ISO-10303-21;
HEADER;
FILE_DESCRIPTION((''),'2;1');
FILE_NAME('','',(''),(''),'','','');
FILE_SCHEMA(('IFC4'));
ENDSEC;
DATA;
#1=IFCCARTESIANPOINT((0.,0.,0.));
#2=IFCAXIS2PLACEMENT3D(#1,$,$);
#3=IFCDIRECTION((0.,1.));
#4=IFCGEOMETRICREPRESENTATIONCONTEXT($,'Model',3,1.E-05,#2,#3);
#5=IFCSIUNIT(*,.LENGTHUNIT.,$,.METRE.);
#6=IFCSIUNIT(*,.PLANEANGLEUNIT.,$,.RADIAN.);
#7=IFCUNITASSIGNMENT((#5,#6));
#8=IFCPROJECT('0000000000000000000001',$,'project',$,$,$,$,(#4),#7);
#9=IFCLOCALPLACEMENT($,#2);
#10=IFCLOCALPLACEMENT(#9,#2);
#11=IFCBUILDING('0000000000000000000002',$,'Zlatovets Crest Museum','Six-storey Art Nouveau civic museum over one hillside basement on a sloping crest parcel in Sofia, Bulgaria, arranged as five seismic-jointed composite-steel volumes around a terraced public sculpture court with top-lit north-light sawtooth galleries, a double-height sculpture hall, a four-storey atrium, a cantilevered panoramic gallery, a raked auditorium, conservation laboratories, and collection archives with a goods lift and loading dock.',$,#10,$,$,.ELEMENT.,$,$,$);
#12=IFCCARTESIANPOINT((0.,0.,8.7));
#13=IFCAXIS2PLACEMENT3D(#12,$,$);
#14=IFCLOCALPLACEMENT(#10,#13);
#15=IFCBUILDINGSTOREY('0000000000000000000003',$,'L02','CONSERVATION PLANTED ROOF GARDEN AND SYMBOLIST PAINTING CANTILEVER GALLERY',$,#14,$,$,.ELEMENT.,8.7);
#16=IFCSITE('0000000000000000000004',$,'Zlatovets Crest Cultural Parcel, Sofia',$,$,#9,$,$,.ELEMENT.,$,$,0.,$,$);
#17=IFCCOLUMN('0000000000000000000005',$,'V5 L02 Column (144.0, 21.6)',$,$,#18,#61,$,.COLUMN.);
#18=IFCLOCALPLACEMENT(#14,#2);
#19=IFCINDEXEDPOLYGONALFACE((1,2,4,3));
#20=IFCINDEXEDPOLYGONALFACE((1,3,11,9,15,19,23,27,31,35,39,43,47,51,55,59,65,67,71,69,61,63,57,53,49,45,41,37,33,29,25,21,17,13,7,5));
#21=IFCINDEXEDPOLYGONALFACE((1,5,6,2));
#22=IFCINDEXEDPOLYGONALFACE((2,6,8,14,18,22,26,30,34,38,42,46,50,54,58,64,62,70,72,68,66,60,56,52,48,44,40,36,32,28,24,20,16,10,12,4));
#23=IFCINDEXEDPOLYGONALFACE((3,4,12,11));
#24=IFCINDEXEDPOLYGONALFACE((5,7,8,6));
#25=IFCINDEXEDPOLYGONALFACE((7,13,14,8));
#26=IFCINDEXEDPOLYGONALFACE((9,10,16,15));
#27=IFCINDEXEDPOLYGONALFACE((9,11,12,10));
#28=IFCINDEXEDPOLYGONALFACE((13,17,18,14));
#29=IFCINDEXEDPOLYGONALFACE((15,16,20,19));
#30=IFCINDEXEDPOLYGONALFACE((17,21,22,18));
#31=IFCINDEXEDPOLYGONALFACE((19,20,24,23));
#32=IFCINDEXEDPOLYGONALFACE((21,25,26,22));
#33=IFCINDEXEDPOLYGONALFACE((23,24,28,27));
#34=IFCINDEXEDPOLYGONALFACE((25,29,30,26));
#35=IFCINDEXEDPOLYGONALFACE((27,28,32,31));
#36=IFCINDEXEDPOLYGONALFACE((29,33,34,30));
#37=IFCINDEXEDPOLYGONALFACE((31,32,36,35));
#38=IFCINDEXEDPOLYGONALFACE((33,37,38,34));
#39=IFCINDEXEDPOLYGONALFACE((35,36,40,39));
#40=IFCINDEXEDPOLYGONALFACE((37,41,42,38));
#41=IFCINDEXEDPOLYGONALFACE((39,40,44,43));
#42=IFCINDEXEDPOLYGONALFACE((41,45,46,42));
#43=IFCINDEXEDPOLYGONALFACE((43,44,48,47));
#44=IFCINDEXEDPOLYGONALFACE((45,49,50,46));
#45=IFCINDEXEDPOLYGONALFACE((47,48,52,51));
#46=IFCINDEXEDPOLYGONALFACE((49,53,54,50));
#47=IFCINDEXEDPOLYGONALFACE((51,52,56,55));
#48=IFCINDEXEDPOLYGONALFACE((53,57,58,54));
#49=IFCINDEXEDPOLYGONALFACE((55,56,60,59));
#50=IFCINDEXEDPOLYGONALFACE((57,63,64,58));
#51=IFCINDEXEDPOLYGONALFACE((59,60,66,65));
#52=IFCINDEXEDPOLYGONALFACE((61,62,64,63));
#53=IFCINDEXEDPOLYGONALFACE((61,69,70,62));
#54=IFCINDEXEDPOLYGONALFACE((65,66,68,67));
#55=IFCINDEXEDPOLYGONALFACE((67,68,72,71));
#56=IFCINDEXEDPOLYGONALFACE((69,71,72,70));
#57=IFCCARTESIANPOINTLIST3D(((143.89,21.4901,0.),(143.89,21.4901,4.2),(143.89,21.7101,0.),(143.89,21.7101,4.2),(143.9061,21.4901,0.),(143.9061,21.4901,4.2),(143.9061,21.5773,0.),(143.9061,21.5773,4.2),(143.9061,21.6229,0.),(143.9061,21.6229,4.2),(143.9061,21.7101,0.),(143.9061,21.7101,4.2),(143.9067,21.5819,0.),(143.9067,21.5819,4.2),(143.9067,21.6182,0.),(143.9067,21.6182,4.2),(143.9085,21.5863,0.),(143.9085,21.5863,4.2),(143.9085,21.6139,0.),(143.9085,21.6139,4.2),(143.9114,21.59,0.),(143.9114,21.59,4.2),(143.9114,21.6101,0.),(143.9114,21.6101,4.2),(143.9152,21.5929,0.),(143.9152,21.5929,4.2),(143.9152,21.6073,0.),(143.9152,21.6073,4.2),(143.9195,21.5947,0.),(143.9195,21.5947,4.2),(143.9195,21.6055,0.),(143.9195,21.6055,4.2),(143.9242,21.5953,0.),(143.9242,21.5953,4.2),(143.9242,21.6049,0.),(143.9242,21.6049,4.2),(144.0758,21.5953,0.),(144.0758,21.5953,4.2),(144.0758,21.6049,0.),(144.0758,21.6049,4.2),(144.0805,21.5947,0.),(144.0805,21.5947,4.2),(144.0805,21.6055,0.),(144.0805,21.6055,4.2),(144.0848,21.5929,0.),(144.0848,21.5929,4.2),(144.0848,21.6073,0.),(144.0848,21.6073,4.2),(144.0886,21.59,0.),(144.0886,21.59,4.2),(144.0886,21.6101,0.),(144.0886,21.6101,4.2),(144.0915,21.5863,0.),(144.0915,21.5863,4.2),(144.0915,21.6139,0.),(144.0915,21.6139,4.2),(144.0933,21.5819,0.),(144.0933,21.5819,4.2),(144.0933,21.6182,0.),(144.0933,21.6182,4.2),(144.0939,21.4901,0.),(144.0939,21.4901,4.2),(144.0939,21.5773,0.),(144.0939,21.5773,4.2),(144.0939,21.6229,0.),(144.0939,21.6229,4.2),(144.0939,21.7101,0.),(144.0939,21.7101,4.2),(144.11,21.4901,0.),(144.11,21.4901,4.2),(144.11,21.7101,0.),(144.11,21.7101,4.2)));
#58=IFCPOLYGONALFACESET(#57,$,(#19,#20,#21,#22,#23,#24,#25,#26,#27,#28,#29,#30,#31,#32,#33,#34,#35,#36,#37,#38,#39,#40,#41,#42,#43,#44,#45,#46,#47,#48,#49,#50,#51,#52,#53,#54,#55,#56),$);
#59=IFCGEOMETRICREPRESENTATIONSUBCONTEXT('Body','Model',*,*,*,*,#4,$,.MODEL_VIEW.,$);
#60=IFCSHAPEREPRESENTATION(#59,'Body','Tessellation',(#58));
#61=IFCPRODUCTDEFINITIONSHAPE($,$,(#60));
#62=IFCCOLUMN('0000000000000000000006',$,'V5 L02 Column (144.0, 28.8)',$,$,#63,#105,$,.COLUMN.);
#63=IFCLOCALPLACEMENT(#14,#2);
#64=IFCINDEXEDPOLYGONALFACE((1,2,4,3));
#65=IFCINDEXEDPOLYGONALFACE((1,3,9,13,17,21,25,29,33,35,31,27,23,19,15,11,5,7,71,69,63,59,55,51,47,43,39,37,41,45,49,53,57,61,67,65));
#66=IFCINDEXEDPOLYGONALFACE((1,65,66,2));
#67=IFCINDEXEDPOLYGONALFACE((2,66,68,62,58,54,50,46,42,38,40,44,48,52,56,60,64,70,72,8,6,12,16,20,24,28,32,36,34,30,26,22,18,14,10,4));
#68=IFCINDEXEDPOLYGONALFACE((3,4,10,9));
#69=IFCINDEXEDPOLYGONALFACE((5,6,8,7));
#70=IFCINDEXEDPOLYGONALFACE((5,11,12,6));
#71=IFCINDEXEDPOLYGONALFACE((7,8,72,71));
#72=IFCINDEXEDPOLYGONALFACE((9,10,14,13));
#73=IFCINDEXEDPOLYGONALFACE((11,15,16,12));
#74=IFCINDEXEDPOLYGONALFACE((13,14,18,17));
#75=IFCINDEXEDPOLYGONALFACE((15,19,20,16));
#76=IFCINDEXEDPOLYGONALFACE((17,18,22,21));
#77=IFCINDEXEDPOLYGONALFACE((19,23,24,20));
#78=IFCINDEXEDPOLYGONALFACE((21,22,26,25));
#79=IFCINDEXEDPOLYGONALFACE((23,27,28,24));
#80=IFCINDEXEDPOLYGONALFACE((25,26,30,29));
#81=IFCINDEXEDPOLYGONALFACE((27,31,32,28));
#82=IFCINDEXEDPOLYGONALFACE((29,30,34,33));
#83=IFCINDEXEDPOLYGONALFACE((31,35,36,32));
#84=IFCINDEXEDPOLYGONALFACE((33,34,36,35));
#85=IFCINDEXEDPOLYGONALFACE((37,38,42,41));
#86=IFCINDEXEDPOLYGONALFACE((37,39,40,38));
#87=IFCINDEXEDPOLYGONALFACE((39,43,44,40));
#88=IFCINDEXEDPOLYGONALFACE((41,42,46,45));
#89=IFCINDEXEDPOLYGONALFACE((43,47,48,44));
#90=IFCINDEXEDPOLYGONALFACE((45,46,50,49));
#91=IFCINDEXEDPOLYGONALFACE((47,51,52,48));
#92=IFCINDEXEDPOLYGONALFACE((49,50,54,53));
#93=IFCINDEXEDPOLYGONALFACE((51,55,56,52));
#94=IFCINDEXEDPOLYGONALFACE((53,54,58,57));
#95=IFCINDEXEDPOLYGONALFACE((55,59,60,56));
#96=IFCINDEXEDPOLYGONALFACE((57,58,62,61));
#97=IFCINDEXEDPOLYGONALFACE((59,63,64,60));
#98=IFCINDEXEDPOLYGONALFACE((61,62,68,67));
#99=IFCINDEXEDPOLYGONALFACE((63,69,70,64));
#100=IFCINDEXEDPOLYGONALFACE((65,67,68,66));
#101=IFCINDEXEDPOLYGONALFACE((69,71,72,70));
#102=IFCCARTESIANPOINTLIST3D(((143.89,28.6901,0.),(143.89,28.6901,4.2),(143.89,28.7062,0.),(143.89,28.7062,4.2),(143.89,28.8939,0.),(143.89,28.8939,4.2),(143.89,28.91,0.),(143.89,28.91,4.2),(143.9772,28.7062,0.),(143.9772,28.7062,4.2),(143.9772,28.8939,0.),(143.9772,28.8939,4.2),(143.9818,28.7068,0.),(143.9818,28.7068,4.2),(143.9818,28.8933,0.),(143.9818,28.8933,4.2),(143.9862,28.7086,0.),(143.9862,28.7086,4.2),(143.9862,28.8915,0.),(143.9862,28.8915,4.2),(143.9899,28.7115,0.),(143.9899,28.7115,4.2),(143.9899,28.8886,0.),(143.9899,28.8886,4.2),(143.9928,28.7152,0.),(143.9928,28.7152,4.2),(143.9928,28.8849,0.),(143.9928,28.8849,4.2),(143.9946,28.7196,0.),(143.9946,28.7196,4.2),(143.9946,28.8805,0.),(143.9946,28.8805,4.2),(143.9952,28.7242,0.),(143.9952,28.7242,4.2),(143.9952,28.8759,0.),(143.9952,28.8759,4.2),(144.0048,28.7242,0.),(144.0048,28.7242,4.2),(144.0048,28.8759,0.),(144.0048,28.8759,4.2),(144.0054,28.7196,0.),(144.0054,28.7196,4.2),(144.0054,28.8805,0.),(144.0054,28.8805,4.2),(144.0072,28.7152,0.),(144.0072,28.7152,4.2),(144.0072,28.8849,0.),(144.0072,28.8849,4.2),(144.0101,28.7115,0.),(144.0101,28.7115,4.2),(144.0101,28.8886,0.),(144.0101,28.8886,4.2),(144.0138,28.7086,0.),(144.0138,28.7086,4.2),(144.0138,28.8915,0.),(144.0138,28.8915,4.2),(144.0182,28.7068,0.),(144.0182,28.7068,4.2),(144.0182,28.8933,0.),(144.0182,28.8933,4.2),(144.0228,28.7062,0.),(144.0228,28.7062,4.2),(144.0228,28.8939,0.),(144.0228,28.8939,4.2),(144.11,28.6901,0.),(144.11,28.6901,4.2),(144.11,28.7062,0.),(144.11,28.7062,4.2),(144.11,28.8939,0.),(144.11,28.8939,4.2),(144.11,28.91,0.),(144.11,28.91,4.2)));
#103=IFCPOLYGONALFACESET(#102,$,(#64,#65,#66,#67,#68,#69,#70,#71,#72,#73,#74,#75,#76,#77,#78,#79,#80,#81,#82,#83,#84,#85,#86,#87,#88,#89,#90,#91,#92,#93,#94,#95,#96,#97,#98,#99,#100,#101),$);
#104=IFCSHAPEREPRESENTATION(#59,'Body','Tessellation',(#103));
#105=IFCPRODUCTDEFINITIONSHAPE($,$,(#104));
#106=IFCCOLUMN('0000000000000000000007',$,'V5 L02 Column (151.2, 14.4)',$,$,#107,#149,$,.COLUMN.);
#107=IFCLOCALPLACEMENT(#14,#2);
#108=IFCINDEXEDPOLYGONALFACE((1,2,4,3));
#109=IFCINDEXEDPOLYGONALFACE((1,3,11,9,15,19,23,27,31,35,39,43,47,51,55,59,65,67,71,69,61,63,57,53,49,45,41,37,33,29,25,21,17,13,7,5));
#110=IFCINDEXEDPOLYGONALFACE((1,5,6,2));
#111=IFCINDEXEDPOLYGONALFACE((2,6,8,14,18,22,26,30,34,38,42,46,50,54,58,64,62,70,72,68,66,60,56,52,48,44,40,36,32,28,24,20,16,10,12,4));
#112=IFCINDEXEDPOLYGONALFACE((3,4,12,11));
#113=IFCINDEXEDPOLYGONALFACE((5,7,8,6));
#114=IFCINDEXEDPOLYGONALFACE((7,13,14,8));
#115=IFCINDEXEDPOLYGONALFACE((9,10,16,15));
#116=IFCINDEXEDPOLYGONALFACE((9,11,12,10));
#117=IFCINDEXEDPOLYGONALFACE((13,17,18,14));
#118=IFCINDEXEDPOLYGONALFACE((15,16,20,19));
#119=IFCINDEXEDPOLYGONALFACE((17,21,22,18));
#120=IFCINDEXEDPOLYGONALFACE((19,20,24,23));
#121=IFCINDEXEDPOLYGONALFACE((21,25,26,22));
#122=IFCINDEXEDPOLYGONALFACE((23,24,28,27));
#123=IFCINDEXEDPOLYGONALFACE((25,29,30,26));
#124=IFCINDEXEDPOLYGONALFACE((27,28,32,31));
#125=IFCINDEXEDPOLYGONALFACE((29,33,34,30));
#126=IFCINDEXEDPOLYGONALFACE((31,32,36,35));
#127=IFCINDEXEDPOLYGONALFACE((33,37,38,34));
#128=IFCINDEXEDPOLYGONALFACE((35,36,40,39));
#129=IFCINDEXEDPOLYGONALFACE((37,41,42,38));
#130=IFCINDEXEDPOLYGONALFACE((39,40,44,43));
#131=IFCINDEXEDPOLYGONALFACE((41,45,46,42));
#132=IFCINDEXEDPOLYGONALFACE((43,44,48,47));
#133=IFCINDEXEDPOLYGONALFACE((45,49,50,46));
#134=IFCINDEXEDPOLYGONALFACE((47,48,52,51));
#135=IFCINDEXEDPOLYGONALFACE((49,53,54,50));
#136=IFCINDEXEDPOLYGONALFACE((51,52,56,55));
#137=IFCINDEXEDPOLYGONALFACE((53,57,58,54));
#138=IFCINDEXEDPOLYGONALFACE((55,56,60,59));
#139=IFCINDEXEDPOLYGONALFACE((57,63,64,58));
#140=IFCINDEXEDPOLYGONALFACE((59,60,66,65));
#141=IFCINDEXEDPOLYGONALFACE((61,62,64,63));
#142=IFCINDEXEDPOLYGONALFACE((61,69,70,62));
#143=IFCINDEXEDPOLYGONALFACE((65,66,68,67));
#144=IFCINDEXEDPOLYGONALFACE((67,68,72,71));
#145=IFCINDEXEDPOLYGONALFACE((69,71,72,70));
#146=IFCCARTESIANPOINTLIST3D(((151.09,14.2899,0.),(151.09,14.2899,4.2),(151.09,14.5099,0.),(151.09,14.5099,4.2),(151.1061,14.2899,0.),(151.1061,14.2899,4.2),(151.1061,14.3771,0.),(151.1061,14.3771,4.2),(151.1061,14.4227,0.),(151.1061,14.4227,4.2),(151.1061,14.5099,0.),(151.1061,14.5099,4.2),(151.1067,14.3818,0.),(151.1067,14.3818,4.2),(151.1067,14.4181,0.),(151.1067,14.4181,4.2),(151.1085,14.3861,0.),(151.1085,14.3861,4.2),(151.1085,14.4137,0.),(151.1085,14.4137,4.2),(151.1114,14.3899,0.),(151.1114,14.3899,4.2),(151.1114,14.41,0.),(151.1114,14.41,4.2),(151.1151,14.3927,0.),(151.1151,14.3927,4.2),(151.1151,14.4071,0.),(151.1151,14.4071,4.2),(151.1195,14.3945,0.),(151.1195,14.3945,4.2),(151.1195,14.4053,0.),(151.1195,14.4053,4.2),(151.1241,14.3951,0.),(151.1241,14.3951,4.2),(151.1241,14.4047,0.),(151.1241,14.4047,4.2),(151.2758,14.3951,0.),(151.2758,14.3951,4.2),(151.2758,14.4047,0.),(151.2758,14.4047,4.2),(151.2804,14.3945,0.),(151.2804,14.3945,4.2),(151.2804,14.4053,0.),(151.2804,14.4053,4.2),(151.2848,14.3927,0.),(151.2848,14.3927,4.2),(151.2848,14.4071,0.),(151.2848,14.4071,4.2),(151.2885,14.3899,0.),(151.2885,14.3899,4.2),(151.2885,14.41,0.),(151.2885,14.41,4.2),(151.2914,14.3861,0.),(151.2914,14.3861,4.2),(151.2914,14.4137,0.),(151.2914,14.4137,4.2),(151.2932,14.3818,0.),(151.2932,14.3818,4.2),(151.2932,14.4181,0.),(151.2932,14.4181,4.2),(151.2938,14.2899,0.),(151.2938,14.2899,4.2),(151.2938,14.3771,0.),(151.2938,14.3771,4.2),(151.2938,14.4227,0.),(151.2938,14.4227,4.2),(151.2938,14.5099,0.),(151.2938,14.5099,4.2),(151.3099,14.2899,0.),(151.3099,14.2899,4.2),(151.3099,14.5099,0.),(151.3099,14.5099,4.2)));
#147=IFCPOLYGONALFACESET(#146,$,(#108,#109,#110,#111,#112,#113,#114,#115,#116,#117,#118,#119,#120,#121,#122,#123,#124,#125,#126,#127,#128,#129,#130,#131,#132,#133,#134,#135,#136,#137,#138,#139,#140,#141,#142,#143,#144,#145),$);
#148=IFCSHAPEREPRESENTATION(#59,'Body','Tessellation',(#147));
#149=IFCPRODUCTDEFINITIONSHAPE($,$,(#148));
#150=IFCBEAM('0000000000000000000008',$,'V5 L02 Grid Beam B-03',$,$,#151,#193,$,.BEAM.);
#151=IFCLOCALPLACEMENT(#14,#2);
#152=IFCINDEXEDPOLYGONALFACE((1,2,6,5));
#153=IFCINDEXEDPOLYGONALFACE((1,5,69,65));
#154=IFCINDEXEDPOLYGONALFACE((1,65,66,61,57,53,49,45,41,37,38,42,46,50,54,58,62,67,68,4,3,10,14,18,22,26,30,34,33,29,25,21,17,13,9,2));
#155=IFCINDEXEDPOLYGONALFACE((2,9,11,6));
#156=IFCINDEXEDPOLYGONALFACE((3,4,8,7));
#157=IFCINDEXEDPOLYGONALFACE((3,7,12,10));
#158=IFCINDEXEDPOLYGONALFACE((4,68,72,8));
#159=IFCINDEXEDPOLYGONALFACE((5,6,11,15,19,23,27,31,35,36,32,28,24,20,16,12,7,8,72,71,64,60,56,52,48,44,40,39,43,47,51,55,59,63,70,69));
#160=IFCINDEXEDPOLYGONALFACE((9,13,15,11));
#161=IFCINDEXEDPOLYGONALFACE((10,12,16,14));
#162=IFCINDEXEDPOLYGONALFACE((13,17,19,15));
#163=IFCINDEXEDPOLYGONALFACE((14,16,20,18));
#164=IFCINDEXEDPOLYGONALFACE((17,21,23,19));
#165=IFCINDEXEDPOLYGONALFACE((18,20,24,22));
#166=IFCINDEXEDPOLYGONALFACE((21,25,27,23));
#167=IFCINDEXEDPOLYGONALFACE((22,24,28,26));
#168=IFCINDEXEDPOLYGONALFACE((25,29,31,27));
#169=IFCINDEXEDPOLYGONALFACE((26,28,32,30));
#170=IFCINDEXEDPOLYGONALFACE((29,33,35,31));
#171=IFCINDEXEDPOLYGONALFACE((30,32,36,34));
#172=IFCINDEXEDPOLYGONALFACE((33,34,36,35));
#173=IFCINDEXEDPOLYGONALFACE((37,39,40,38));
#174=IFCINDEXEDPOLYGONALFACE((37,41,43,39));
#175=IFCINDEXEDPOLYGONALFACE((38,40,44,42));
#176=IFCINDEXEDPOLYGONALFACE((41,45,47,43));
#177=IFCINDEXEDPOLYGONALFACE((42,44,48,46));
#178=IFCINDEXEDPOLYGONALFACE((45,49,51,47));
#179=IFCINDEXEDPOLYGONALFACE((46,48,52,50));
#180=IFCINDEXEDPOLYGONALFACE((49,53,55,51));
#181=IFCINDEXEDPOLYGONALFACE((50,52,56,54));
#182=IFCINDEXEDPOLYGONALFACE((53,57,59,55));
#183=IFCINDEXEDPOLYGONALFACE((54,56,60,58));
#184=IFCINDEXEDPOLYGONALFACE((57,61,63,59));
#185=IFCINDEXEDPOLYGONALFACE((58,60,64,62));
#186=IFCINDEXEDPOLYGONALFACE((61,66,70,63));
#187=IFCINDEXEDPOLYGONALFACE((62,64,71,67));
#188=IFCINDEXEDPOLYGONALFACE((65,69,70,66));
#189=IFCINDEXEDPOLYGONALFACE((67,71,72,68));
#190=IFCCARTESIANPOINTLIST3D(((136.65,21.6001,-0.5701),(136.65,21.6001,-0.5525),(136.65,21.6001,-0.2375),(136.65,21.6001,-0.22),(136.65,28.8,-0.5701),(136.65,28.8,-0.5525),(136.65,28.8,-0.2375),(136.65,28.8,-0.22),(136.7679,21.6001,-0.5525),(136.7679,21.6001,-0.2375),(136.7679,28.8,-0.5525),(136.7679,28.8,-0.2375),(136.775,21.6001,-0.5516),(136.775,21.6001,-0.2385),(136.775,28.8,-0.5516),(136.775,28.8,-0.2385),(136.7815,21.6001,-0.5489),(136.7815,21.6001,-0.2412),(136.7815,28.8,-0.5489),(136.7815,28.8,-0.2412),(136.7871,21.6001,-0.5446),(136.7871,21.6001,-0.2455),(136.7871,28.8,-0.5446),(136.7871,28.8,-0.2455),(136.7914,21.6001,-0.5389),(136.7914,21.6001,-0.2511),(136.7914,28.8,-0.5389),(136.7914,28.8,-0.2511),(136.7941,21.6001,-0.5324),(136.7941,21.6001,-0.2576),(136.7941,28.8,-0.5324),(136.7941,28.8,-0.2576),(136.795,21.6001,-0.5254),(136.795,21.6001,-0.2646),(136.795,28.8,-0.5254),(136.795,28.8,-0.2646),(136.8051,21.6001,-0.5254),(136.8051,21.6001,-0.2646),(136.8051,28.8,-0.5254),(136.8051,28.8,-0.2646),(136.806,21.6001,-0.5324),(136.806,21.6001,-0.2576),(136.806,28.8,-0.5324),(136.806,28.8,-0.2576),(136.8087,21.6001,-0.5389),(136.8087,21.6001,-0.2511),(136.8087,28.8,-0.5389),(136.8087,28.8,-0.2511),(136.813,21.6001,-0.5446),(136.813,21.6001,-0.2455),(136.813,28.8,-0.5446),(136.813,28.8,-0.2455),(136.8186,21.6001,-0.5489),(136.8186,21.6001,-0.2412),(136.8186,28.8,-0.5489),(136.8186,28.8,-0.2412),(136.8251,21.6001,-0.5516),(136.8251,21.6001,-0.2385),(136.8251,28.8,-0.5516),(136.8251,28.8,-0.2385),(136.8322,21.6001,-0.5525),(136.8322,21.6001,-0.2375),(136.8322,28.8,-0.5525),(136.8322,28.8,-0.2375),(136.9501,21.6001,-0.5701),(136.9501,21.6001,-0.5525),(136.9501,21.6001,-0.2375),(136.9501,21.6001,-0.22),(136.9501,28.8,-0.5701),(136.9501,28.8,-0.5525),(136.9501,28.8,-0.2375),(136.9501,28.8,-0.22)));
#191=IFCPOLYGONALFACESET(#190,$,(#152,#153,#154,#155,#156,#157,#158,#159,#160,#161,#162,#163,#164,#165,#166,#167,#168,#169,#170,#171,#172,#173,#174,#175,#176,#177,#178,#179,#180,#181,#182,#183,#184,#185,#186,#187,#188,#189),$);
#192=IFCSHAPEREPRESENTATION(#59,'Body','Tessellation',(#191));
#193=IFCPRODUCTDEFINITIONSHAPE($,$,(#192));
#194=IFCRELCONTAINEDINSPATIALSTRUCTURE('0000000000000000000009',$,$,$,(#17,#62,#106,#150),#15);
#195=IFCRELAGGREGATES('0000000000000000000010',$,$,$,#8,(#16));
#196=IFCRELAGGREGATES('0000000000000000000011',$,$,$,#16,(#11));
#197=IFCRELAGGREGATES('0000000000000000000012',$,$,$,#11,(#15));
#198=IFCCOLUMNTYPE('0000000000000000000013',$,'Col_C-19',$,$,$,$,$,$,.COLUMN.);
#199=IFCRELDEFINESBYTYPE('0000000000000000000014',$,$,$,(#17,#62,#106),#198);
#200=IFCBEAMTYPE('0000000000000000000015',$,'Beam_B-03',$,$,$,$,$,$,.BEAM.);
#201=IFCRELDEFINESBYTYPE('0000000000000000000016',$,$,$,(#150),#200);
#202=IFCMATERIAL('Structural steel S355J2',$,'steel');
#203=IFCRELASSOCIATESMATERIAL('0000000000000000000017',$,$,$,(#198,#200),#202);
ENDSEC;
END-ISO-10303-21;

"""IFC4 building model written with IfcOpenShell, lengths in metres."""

from ifc_helpers import new_model, si_unit, direction, frame, origin, origin_2d, place, context, subcontext, project, spatial, i_section, extrude, material, material_profile, profile_set, type_object, element, save


model = new_model("IFC4")

# Units and contexts
model_context = context("Model", 3, precision=1e-05, world=origin(), true_north=direction((0.0, 1.0)))
body_context = subcontext(model_context, "Body", "Model", "MODEL_VIEW")
ifc_project = project(units=[si_unit("LENGTHUNIT", "METRE"), si_unit("PLANEANGLEUNIT", "RADIAN")], contexts=[model_context])

# Site, building, storey
site_placement = place(None, origin())
site = spatial("IfcSite", under=ifc_project, at=site_placement, Name="Zlatovets Crest Cultural Parcel, Sofia", CompositionType="ELEMENT", RefElevation=0.0)
building_placement = place(site_placement, origin())
building = spatial("IfcBuilding", under=site, at=building_placement, Name="Zlatovets Crest Museum", Description="Six-storey Art Nouveau civic museum over one hillside basement on a sloping crest parcel in Sofia, Bulgaria, arranged as five seismic-jointed composite-steel volumes around a terraced public sculpture court with top-lit north-light sawtooth galleries, a double-height sculpture hall, a four-storey atrium, a cantilevered panoramic gallery, a raked auditorium, conservation laboratories, and collection archives with a goods lift and loading dock.", CompositionType="ELEMENT")
storey_placement = place(building_placement, frame((0.0, 0.0, 8.7)))
storey = spatial("IfcBuildingStorey", under=building, at=storey_placement, Name="L02", Description="CONSERVATION PLANTED ROOF GARDEN AND SYMBOLIST PAINTING CANTILEVER GALLERY", CompositionType="ELEMENT", Elevation=8.7)

# Columns
ifc_material_1 = material(Name="Structural steel S355J2", Category="steel")
ifc_material_profile_1 = material_profile(ifc_material_1, i_section(OverallWidth=0.22, OverallDepth=0.22, WebThickness=0.0095, FlangeThickness=0.0161, FilletRadius=0.0181, at=origin_2d()), Name="HEB 220")
ifc_profile_set_1 = profile_set([ifc_material_profile_1], Name="Structural steel S355J2")
column_type = type_object("IfcColumnType", Name="Col_C-19", PredefinedType="COLUMN", material=ifc_profile_set_1)
for number, where, z_axis, x_axis, name in (
    (1, (144.0, 21.6001, 0.0), (0.0, 0.0, 1.0), (0.0, 1.0, 0.0), "V5 L02 Column (144.0, 21.6)"),
    (2, (144.0, 28.8, 0.0), (0.0, 0.0, 1.0), (1.0, 0.0, 0.0), "V5 L02 Column (144.0, 28.8)"),
    (3, (151.2, 14.3999, 0.0), (0.0, 0.0, 1.0), (0.0, 1.0, 0.0), "V5 L02 Column (151.2, 14.4)"),
):
    element("IfcColumn", number, at=place(storey_placement, frame(where, z_axis=z_axis, x_axis=x_axis)), inside=storey, type_object=column_type, Name=name, PredefinedType="COLUMN", context=body_context, shape_type="SweptSolid", body=[
        extrude(i_section(OverallWidth=0.22, OverallDepth=0.22, WebThickness=0.0095, FlangeThickness=0.0161, FilletRadius=0.0181, at=origin_2d()), origin(), (0.0, 0.0, 1.0), 4.2),
    ])

# Beam
ifc_material_profile_2 = material_profile(ifc_material_1, i_section(OverallWidth=0.3, OverallDepth=0.3501, WebThickness=0.01, FlangeThickness=0.0176, FilletRadius=0.0271, at=origin_2d()), Name="HEA 360")
ifc_profile_set_2 = profile_set([ifc_material_profile_2], Name="Structural steel S355J2")
beam_type_1 = type_object("IfcBeamType", Name="Beam_B-03", PredefinedType="BEAM", material=ifc_profile_set_2)
for number, where, z_axis, x_axis, name in (
    (4, (136.8, 21.6001, -0.395), (0.0, 1.0, 0.0), (-1.0, 0.0, 0.0), "V5 L02 Grid Beam B-03"),
):
    element("IfcBeam", number, at=place(storey_placement, frame(where, z_axis=z_axis, x_axis=x_axis)), inside=storey, type_object=beam_type_1, Name=name, PredefinedType="BEAM", context=body_context, shape_type="SweptSolid", body=[
        extrude(i_section(OverallWidth=0.3, OverallDepth=0.3501, WebThickness=0.01, FlangeThickness=0.0176, FilletRadius=0.0271, at=origin_2d()), origin(), (0.0, 0.0, 1.0), 7.2),
    ])

save(model, "model.ifc")
